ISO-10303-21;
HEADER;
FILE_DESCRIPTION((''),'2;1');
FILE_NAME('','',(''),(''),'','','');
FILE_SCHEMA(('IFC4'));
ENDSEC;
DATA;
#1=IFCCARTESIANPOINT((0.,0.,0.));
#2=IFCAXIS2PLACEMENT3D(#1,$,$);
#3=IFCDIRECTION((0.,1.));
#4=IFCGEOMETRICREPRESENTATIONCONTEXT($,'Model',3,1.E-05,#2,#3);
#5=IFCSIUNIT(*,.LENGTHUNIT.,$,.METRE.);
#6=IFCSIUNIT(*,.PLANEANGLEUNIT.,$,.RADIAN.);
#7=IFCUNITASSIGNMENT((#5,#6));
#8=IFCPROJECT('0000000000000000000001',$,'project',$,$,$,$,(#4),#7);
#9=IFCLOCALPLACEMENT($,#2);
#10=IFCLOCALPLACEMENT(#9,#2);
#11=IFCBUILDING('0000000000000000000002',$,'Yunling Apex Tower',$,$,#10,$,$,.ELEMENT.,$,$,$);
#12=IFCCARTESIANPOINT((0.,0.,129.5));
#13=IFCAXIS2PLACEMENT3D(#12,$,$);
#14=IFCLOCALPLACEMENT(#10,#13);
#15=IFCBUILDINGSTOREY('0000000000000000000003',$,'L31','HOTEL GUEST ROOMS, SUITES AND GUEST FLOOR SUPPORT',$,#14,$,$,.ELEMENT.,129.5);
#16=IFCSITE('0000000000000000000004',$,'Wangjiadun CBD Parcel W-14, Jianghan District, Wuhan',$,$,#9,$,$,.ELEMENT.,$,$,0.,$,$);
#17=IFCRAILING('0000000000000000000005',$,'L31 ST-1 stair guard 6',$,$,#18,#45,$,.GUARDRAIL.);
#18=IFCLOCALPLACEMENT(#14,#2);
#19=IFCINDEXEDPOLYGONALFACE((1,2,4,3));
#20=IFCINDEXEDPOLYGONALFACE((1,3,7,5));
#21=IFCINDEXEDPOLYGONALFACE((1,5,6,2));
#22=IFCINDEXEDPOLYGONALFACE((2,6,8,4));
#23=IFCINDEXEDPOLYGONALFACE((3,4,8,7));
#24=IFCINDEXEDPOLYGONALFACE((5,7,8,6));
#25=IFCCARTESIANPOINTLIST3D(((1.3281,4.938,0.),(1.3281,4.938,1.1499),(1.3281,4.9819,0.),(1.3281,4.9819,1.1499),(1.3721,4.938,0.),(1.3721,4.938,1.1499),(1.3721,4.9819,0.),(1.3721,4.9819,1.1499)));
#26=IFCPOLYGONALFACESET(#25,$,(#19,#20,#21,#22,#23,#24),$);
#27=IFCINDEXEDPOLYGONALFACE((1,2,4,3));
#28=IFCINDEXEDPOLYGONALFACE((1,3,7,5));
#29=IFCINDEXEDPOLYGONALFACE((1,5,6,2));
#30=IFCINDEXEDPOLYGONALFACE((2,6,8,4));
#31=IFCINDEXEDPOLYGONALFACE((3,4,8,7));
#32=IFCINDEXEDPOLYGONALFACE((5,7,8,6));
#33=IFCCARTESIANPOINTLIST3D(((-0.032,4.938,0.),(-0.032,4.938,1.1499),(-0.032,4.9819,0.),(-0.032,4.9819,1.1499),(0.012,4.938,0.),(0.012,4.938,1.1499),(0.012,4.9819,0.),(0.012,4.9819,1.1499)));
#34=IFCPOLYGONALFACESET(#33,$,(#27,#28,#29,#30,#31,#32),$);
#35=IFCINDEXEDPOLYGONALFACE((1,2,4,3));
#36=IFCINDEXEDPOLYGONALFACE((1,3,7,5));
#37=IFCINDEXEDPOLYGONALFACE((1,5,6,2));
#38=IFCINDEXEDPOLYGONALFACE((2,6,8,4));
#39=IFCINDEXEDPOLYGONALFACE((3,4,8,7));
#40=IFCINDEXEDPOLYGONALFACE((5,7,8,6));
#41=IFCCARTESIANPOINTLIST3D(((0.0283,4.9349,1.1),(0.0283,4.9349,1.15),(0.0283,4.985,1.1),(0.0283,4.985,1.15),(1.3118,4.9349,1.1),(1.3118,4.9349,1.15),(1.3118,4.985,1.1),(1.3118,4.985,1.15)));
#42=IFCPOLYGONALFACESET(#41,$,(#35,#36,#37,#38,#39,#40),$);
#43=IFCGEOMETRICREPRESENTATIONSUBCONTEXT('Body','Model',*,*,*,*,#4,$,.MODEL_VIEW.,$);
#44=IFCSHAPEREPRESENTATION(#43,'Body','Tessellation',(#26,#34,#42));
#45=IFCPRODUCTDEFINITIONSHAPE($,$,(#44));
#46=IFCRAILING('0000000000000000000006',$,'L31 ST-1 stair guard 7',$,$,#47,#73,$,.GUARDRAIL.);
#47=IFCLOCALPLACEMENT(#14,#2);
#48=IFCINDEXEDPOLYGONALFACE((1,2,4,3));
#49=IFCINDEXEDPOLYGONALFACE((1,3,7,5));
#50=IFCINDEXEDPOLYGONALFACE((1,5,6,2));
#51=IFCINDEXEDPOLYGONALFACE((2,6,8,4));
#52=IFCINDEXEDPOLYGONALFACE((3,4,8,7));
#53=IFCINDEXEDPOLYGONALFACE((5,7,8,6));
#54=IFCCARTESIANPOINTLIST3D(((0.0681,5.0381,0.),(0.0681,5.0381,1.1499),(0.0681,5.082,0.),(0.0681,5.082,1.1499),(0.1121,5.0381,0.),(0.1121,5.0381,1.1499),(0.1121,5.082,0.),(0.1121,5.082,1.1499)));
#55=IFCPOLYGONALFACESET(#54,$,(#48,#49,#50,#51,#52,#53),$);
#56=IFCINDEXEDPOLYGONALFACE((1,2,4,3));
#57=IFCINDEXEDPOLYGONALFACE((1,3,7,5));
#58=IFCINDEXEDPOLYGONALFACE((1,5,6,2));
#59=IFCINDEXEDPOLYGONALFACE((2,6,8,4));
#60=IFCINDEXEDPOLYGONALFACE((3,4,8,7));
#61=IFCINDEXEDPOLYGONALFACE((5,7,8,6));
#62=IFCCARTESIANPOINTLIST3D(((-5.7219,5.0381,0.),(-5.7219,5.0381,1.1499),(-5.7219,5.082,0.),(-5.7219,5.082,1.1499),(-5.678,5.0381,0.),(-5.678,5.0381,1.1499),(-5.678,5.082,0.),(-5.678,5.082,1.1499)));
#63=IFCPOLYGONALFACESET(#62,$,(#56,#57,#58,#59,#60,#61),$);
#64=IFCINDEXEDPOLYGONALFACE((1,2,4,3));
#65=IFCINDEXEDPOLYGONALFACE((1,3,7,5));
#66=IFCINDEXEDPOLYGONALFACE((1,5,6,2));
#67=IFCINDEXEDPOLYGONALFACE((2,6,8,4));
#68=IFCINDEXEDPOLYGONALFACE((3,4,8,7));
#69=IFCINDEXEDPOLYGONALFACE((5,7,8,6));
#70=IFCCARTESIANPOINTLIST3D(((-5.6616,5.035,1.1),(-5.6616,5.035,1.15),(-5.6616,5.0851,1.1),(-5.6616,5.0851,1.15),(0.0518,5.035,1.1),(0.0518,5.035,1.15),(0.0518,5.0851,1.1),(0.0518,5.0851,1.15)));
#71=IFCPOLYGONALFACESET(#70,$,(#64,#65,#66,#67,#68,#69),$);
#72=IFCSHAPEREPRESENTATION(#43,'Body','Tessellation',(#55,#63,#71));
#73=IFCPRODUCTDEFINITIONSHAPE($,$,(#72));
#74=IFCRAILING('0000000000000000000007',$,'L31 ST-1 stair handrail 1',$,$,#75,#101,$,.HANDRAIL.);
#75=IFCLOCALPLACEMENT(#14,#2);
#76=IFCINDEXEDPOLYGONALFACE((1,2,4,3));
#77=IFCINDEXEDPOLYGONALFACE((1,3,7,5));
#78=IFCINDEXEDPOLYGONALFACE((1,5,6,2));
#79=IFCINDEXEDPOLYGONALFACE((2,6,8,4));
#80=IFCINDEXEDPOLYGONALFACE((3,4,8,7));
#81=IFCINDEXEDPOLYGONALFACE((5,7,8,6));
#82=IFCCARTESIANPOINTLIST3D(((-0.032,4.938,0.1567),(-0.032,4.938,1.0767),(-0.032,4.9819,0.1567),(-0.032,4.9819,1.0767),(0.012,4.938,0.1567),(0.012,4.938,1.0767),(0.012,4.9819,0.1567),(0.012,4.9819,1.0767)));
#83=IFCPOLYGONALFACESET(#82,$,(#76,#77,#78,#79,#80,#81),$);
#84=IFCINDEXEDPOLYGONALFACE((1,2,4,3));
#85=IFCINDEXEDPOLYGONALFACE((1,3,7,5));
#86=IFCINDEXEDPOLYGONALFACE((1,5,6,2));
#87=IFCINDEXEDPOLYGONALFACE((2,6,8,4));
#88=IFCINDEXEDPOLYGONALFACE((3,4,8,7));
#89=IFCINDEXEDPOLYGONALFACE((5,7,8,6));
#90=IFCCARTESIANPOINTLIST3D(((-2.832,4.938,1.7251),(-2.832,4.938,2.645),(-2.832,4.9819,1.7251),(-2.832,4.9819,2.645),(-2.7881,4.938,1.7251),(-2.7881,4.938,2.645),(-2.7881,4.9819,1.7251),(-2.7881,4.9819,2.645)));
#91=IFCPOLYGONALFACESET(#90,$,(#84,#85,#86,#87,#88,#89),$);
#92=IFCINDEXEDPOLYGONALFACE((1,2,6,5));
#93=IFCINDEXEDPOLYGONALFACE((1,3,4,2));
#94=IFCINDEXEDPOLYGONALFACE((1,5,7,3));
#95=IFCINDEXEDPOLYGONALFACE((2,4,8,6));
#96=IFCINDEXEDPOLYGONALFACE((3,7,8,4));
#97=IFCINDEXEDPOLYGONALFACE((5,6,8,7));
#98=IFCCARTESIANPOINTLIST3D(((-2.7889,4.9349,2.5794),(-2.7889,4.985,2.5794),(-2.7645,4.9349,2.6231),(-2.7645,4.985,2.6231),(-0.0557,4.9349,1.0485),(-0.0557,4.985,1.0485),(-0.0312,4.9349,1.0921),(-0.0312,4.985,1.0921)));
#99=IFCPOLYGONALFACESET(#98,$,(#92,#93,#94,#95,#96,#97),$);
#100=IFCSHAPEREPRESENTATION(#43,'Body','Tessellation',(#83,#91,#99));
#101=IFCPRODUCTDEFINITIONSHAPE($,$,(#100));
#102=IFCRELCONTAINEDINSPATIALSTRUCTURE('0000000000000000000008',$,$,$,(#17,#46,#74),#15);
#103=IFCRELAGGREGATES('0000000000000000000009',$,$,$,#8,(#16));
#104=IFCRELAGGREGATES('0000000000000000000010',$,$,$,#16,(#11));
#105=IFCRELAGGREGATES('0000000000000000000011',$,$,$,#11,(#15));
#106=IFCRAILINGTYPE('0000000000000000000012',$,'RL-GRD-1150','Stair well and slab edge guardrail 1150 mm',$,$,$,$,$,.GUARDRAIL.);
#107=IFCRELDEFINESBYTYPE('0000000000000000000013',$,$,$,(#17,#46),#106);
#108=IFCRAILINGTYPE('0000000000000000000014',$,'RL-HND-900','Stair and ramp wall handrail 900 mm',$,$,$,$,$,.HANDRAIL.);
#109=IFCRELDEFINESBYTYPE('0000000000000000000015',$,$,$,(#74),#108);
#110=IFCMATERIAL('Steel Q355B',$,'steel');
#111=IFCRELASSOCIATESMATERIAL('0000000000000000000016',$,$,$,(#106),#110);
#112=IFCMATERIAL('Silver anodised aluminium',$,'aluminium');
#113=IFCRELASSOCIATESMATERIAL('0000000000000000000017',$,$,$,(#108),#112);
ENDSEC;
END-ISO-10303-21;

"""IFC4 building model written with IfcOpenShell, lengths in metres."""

from ifc_helpers import new_model, si_unit, direction, frame, origin, origin_2d, place, context, subcontext, project, spatial, rectangle, extrude, material, type_object, element, save


model = new_model("IFC4")

# Units and contexts
model_context = context("Model", 3, precision=1e-05, world=origin(), true_north=direction((0.0, 1.0)))
body_context = subcontext(model_context, "Body", "Model", "MODEL_VIEW")
ifc_project = project(units=[si_unit("LENGTHUNIT", "METRE"), si_unit("PLANEANGLEUNIT", "RADIAN")], contexts=[model_context])

# Site, building, storey
site_placement = place(None, origin())
site = spatial("IfcSite", under=ifc_project, at=site_placement, Name="Wangjiadun CBD Parcel W-14, Jianghan District, Wuhan", CompositionType="ELEMENT", RefElevation=0.0)
building_placement = place(site_placement, origin())
building = spatial("IfcBuilding", under=site, at=building_placement, Name="Yunling Apex Tower", CompositionType="ELEMENT")
storey_placement = place(building_placement, frame((0.0, 0.0, 129.5)))
storey = spatial("IfcBuildingStorey", under=building, at=storey_placement, Name="L31", Description="HOTEL GUEST ROOMS, SUITES AND GUEST FLOOR SUPPORT", CompositionType="ELEMENT", Elevation=129.5)

# Shared definitions
ifc_material_1 = material(Name="Steel Q355B", Category="steel")

# Railings
railing_type_1 = type_object("IfcRailingType", Name="RL-GRD-1150", Description="Stair well and slab edge guardrail 1150 mm", PredefinedType="GUARDRAIL", material=ifc_material_1)
railing_1_placement = place(storey_placement, frame((1.3501, 4.96, 0.0)))
element("IfcRailing", 1, at=railing_1_placement, inside=storey, type_object=railing_type_1, Name="L31 ST-1 stair guard 6", PredefinedType="GUARDRAIL", context=body_context, shape_type="SweptSolid", body=[
    extrude(rectangle(XDim=0.0439, YDim=0.0439, at=origin_2d()), origin(), (0.0, 0.0, 1.0), 1.1499),
    extrude(rectangle(XDim=0.0439, YDim=0.0439, at=origin_2d()), frame((-1.3601, 0.0, 0.0)), (0.0, 0.0, 1.0), 1.1499),
    extrude(rectangle(XDim=0.05, YDim=0.05, at=origin_2d()), frame((-0.0383, 0.0, 1.125), z_axis=(-1.0, 0.0, 0.0), x_axis=(0.0, -1.0, 0.0)), (0.0, 0.0, 1.0), 1.2834),
])
railing_2_placement = place(storey_placement, frame((0.0901, 5.0601, 0.0)))
element("IfcRailing", 2, at=railing_2_placement, inside=storey, type_object=railing_type_1, Name="L31 ST-1 stair guard 7", PredefinedType="GUARDRAIL", context=body_context, shape_type="SweptSolid", body=[
    extrude(rectangle(XDim=0.0439, YDim=0.0439, at=origin_2d()), origin(), (0.0, 0.0, 1.0), 1.1499),
    extrude(rectangle(XDim=0.0439, YDim=0.0439, at=origin_2d()), frame((-5.79, 0.0, 0.0)), (0.0, 0.0, 1.0), 1.1499),
    extrude(rectangle(XDim=0.05, YDim=0.05, at=origin_2d()), frame((-0.0383, 0.0, 1.125), z_axis=(-1.0, 0.0, 0.0), x_axis=(0.0, -1.0, 0.0)), (0.0, 0.0, 1.0), 5.7134),
])
ifc_material_2 = material(Name="Silver anodised aluminium", Category="aluminium")
railing_type_2 = type_object("IfcRailingType", Name="RL-HND-900", Description="Stair and ramp wall handrail 900 mm", PredefinedType="HANDRAIL", material=ifc_material_2)
railing_3_placement = place(storey_placement, frame((-0.01, 4.96, 0.1567)))
element("IfcRailing", 3, at=railing_3_placement, inside=storey, type_object=railing_type_2, Name="L31 ST-1 stair handrail 1", PredefinedType="HANDRAIL", context=body_context, shape_type="SweptSolid", body=[
    extrude(rectangle(XDim=0.0439, YDim=0.0439, at=origin_2d()), origin(), (0.0, 0.0, 1.0), 0.9199),
    extrude(rectangle(XDim=0.0439, YDim=0.0439, at=origin_2d()), frame((-2.8, 0.0, 1.5684)), (0.0, 0.0, 1.0), 0.9199),
    extrude(rectangle(XDim=0.05, YDim=0.05, at=origin_2d()), frame((-0.0334, 0.0, 0.9136), z_axis=(-0.872462, 0.0, 0.488682), x_axis=(0.0, -1.0, 0.0)), (0.0, 0.0, 1.0), 3.1328),
])

save(model, "model.ifc")
